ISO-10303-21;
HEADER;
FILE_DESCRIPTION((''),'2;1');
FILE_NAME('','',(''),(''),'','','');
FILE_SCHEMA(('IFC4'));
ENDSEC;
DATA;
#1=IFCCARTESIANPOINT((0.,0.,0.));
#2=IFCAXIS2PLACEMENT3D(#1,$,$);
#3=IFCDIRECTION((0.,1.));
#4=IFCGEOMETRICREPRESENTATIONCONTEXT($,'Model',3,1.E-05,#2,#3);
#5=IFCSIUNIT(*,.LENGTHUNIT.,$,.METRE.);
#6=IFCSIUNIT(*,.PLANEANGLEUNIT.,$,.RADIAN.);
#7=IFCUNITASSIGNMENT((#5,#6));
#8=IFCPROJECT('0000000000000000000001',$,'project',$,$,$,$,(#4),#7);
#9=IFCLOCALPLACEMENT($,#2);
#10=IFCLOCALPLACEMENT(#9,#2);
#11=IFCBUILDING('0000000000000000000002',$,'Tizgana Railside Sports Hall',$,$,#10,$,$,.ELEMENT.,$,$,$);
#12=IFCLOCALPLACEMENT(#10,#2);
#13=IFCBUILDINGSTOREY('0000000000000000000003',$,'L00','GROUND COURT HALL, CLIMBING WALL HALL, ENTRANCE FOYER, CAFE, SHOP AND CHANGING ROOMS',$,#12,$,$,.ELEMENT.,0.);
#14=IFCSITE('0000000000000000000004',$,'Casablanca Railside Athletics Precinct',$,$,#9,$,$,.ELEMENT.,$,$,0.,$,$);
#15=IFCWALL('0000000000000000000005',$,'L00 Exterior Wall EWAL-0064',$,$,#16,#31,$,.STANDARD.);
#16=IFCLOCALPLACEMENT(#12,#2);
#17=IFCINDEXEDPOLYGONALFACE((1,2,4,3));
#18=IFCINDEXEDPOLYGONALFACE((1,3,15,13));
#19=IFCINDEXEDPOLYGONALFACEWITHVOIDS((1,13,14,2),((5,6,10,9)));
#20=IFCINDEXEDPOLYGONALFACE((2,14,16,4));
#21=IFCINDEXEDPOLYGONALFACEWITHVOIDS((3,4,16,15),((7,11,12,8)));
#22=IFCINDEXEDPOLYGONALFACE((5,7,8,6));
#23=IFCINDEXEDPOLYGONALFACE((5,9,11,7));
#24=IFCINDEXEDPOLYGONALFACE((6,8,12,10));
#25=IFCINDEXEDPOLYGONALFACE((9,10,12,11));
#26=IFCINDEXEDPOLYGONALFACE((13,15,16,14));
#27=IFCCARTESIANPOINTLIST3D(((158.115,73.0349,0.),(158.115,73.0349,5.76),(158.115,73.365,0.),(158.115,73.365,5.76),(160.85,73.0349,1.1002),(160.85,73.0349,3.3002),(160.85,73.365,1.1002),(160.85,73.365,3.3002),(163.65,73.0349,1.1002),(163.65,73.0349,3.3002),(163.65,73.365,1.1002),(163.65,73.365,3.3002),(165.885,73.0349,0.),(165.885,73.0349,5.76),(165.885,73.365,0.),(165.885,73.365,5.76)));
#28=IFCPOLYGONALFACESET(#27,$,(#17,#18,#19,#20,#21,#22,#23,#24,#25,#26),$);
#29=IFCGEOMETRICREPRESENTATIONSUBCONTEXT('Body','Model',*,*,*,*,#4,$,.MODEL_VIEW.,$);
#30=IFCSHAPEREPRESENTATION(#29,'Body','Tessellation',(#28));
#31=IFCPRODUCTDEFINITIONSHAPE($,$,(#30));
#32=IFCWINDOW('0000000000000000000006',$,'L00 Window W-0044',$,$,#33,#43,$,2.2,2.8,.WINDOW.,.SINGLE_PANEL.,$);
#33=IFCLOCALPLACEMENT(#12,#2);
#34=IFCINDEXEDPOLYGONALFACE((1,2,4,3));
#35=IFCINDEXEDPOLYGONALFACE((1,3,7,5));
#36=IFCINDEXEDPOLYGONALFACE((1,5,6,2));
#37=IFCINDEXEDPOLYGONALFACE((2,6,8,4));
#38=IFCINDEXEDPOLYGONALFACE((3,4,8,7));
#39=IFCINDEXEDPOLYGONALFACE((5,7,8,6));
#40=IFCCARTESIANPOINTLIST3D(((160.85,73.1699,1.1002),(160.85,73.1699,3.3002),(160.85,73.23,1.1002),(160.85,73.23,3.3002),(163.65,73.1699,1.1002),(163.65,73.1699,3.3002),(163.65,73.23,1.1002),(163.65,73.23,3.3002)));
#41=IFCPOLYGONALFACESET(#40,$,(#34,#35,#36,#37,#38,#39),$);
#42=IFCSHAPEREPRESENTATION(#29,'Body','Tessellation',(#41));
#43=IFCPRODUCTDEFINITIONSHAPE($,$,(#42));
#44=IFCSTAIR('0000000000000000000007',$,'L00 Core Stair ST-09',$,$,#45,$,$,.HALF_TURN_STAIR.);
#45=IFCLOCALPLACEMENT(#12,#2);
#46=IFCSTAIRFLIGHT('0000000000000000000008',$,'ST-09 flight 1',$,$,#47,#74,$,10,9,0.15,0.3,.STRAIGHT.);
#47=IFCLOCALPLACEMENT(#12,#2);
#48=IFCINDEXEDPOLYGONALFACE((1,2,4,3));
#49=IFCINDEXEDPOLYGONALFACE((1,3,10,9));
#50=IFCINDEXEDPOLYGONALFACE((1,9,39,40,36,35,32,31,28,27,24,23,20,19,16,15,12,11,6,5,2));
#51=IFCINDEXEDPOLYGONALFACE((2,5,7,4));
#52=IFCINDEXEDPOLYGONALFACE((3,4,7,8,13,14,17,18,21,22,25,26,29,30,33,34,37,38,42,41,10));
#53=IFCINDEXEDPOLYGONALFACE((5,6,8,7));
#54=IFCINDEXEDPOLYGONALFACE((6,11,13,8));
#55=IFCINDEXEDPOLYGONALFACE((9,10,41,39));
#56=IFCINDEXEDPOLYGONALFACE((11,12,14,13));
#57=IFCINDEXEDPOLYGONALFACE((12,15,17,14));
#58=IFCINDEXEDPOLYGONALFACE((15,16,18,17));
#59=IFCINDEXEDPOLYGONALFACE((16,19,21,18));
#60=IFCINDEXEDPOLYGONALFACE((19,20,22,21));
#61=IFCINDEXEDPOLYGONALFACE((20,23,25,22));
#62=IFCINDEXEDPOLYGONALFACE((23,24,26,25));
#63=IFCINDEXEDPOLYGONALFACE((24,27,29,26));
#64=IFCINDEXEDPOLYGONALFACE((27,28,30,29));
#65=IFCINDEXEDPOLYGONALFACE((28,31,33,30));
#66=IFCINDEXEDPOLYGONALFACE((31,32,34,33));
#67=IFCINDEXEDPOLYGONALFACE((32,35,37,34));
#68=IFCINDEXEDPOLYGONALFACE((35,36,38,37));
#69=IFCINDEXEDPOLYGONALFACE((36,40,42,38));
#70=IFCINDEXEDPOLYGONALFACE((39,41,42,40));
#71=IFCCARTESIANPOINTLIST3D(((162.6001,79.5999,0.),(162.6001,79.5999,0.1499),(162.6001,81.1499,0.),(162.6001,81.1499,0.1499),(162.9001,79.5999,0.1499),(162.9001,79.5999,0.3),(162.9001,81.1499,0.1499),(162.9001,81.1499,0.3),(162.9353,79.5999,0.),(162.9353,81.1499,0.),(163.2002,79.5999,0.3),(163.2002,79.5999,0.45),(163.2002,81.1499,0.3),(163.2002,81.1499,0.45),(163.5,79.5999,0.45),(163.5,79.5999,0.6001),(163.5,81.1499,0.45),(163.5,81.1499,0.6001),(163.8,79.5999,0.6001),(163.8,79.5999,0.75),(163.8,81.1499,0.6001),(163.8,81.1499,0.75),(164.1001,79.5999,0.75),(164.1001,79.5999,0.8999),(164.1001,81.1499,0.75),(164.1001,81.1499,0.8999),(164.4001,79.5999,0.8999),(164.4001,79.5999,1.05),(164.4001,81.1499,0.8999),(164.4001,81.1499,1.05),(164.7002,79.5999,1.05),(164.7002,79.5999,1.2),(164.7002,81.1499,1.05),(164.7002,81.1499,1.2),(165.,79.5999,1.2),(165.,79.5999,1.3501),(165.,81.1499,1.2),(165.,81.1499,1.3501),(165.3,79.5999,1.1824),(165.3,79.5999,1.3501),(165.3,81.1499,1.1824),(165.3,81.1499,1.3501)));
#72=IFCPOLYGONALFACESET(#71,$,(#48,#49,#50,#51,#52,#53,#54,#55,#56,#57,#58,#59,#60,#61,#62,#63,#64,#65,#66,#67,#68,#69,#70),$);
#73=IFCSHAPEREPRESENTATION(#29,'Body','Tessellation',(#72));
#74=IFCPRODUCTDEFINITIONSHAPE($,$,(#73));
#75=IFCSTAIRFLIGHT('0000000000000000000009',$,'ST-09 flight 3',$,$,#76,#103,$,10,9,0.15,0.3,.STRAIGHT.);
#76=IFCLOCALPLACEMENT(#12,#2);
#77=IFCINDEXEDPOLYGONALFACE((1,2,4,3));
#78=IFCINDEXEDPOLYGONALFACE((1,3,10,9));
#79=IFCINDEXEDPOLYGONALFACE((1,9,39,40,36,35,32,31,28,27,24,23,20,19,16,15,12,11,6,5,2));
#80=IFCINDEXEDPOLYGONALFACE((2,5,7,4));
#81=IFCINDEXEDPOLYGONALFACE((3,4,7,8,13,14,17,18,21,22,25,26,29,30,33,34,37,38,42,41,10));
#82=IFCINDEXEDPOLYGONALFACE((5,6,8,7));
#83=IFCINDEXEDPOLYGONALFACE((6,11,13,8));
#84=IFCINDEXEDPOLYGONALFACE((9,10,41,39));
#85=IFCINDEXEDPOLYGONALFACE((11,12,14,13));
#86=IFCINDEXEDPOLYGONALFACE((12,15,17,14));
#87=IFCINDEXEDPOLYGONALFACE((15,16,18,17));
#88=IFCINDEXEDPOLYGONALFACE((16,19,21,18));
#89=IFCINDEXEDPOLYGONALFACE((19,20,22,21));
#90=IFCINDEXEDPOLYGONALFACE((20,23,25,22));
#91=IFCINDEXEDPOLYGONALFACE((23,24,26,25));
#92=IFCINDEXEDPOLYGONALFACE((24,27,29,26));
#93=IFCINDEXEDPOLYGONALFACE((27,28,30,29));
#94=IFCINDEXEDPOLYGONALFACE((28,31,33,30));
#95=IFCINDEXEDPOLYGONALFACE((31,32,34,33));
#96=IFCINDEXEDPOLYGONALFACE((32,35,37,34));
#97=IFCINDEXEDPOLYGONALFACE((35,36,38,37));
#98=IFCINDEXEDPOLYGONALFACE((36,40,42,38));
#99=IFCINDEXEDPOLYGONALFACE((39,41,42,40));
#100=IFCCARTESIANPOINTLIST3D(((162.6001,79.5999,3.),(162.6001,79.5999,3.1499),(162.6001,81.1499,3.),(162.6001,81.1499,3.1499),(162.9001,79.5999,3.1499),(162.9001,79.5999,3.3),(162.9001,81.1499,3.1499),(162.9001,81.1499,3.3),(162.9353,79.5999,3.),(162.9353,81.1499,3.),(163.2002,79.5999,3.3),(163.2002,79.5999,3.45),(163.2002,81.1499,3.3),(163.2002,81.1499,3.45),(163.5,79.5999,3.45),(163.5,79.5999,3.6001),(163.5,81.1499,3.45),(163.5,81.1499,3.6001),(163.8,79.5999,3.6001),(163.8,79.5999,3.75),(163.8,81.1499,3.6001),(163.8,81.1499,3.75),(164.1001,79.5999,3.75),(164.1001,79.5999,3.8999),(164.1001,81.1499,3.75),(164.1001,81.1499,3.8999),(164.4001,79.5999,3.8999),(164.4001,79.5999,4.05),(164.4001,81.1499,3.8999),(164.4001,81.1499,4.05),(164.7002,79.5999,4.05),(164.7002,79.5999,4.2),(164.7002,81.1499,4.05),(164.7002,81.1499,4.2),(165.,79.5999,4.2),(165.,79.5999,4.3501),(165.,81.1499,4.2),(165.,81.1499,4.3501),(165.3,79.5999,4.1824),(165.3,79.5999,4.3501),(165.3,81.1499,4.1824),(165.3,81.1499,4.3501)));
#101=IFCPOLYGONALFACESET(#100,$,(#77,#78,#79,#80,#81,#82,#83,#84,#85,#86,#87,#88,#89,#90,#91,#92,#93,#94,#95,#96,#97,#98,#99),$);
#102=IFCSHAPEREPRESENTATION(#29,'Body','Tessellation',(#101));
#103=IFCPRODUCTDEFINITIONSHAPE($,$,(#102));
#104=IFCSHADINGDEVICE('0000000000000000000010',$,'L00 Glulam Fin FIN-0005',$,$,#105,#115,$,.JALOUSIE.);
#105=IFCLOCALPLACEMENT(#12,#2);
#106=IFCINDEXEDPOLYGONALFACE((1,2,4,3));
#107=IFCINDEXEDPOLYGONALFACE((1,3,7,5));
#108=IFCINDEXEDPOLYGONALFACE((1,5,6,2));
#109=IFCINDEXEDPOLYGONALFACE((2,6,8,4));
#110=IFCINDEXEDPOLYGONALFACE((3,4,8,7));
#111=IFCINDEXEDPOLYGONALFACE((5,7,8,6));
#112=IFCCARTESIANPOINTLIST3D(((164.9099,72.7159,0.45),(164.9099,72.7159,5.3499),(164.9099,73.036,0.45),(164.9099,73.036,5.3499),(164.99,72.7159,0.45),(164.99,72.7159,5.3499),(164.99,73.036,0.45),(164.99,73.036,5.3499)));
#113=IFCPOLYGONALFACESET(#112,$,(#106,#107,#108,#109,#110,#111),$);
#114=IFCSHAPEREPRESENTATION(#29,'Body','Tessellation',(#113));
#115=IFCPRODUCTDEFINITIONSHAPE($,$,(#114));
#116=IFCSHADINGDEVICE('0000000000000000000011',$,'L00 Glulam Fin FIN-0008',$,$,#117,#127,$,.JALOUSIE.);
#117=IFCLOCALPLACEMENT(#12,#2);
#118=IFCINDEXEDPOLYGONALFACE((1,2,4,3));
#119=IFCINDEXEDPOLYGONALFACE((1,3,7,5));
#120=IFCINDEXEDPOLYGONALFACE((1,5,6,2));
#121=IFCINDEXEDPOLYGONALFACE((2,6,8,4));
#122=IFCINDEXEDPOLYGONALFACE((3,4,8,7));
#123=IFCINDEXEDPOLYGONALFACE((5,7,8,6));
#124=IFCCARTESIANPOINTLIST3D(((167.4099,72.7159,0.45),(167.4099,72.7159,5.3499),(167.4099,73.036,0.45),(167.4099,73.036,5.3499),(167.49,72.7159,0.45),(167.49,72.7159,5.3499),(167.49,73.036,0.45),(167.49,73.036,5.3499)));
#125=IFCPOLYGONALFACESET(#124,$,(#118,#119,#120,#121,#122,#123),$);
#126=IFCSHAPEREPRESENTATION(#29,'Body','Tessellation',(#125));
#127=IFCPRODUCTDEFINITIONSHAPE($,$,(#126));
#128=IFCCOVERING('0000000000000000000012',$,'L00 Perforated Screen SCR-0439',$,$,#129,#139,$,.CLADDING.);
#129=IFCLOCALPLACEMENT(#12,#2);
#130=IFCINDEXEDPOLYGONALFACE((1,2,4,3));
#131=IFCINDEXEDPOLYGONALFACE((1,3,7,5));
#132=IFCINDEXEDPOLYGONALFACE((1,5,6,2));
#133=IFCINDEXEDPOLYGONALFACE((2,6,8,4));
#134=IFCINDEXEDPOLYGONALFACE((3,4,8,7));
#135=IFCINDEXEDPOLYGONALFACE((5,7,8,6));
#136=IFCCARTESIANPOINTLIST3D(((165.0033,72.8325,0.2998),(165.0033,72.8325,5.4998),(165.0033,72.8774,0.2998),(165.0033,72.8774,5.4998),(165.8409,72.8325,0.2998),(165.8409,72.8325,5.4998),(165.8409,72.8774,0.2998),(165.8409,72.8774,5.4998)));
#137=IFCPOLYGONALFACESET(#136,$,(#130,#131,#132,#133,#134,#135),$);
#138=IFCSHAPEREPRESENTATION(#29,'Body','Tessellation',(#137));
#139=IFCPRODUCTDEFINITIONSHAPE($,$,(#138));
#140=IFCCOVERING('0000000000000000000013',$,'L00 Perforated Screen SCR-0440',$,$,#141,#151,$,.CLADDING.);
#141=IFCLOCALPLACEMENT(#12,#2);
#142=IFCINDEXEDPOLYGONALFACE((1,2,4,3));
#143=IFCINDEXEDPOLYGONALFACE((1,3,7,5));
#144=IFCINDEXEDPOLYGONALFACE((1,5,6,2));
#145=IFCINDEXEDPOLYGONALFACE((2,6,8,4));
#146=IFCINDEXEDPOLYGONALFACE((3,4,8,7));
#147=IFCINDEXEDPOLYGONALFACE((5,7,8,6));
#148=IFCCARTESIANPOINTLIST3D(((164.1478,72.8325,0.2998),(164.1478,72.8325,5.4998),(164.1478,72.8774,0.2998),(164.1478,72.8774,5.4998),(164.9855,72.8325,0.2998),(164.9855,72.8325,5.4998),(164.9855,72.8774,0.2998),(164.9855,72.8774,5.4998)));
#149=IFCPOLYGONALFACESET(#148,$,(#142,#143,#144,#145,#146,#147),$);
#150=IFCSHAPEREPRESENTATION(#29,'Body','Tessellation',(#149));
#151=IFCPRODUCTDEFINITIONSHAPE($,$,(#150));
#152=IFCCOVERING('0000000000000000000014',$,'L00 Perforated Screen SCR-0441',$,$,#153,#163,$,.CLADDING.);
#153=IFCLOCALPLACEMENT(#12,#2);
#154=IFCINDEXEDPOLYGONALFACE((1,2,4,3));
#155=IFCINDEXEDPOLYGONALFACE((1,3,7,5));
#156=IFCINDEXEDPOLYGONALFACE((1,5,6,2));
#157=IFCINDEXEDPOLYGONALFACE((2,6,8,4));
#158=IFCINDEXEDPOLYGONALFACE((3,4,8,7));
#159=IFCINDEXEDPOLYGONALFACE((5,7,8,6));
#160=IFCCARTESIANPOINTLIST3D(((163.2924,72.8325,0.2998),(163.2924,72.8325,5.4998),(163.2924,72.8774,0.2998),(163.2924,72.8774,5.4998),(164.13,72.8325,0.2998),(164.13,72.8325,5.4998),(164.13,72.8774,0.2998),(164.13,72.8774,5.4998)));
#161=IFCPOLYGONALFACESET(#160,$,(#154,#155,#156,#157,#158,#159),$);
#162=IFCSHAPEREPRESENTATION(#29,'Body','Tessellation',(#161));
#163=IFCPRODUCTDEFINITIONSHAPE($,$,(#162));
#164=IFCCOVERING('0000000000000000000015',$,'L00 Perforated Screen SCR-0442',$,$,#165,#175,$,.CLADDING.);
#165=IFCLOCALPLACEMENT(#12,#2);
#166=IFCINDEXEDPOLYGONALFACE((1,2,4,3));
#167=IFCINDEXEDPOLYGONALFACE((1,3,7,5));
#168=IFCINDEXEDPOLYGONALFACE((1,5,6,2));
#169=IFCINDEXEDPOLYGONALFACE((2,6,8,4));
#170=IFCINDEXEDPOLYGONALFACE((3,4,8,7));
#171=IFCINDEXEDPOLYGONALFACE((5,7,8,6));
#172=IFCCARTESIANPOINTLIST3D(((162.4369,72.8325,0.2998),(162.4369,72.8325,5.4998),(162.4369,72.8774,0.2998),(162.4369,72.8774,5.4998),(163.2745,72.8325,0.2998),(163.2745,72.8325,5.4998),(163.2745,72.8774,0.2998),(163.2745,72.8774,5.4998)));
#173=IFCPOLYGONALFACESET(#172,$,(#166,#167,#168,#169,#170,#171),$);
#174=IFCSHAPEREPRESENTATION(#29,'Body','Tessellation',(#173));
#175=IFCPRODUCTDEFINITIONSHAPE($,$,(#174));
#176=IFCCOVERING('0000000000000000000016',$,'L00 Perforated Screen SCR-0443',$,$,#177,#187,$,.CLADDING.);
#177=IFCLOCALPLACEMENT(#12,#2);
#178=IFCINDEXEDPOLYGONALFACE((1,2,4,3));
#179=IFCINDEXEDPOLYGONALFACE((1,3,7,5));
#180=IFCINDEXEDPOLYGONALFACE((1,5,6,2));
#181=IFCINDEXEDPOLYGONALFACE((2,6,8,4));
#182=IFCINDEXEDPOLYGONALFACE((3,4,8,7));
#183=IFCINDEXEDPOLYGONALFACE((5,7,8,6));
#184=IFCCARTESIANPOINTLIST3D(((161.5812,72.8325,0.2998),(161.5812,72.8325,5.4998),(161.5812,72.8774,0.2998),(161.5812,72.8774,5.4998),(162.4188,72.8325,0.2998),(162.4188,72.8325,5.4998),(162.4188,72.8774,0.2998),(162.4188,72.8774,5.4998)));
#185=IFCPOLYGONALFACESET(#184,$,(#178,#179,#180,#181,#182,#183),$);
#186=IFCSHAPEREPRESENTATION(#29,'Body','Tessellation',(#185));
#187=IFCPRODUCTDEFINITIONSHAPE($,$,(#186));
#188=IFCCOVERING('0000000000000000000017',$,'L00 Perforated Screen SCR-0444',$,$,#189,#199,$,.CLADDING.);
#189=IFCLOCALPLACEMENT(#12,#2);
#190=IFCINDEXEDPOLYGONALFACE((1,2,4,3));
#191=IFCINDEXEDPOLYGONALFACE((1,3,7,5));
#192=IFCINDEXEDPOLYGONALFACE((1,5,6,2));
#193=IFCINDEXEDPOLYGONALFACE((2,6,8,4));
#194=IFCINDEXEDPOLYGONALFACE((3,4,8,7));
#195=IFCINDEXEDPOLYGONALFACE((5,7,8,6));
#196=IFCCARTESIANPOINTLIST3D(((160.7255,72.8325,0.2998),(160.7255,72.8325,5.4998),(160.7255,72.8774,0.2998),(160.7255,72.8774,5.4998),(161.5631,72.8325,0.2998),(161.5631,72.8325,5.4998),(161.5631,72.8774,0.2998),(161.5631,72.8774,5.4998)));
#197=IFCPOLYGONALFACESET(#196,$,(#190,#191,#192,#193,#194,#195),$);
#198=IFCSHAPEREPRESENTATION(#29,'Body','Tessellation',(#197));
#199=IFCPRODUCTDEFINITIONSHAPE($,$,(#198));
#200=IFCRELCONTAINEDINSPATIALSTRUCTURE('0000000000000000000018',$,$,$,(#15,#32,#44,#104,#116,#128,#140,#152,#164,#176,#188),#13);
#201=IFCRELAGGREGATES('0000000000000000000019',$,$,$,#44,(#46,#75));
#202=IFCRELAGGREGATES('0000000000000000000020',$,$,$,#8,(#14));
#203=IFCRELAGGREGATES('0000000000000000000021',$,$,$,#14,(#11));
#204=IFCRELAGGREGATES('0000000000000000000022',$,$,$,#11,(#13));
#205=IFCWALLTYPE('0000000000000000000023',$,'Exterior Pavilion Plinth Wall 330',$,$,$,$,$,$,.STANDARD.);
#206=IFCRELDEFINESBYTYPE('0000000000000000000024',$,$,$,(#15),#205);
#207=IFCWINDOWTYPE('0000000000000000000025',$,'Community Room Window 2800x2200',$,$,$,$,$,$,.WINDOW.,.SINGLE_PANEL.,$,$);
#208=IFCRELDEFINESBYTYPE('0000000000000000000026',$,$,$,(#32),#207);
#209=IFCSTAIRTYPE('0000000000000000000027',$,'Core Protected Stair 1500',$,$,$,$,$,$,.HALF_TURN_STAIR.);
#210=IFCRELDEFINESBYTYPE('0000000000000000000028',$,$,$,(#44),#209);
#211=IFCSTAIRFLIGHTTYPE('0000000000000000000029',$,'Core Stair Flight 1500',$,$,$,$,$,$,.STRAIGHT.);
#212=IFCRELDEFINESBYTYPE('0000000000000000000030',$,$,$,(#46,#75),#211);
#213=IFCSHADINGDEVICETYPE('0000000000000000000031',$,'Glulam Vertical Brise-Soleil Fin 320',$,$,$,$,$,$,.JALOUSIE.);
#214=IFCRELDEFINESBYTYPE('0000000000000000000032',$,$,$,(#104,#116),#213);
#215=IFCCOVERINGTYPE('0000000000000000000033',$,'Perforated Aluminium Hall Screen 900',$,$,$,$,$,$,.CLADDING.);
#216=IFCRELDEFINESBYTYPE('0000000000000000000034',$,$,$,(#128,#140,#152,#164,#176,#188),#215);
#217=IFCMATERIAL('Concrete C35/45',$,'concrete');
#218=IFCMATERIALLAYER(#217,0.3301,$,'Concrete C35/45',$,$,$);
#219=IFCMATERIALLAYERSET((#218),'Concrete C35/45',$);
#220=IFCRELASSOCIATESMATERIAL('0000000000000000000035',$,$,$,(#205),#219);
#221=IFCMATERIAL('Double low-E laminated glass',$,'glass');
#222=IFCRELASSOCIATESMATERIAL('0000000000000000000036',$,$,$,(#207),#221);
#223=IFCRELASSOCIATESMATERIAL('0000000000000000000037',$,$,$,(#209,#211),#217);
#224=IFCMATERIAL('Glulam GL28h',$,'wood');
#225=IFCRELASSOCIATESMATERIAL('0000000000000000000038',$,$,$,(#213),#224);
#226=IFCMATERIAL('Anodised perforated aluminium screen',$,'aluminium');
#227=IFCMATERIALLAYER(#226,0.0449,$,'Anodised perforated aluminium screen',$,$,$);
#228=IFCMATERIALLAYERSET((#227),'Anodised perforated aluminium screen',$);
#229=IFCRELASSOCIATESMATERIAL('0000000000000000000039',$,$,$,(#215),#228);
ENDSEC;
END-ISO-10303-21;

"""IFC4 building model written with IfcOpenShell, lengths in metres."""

from ifc_helpers import new_model, si_unit, direction, frame, frame_2d, origin, origin_2d, place, context, subcontext, project, spatial, polyline, rectangle, outline, extrude, material, layer, layer_set, type_object, element, fill, aggregate, save


model = new_model("IFC4")

# Units and contexts
model_context = context("Model", 3, precision=1e-05, world=origin(), true_north=direction((0.0, 1.0)))
body_context = subcontext(model_context, "Body", "Model", "MODEL_VIEW")
ifc_project = project(units=[si_unit("LENGTHUNIT", "METRE"), si_unit("PLANEANGLEUNIT", "RADIAN")], contexts=[model_context])

# Site, building, storey
site_placement = place(None, origin())
site = spatial("IfcSite", under=ifc_project, at=site_placement, Name="Casablanca Railside Athletics Precinct", CompositionType="ELEMENT", RefElevation=0.0)
building_placement = place(site_placement, origin())
building = spatial("IfcBuilding", under=site, at=building_placement, Name="Tizgana Railside Sports Hall", CompositionType="ELEMENT")
storey_placement = place(building_placement, origin())
storey = spatial("IfcBuildingStorey", under=building, at=storey_placement, Name="L00", Description="GROUND COURT HALL, CLIMBING WALL HALL, ENTRANCE FOYER, CAFE, SHOP AND CHANGING ROOMS", CompositionType="ELEMENT", Elevation=0.0)

# Wall, opening, window
ifc_material_1 = material(Name="Concrete C35/45", Category="concrete")
ifc_layer_1 = layer(ifc_material_1, 0.3301, Name="Concrete C35/45")
ifc_layer_set_1 = layer_set([ifc_layer_1], Name="Concrete C35/45")
wall_type = type_object("IfcWallType", Name="Exterior Pavilion Plinth Wall 330", PredefinedType="STANDARD", material=ifc_layer_set_1)
wall_placement = place(storey_placement, frame((165.885, 73.2, 0.0), z_axis=(0.0, 0.0, 1.0), x_axis=(-1.0, 0.0, 0.0)))
wall = element("IfcWall", 1, at=wall_placement, inside=storey, type_object=wall_type, Name="L00 Exterior Wall EWAL-0064", PredefinedType="STANDARD", context=body_context, shape_type="SweptSolid", body=[
    extrude(rectangle(XDim=7.77, YDim=0.3301, at=frame_2d((3.885, 0.0))), origin(), (0.0, 0.0, 1.0), 5.76),
])
opening_placement = place(wall_placement, frame((2.2351, 0.0, 1.1001)))
opening = element("IfcOpeningElement", 2, at=opening_placement, cuts=wall, PredefinedType="OPENING", context=body_context, shape_type="SweptSolid", body=[
    extrude(rectangle(XDim=2.8, YDim=2.2, at=frame_2d((1.3999, 1.1001))), frame((0.0, 0.175, 0.0), z_axis=(0.0, -1.0, 0.0), x_axis=(1.0, 0.0, 0.0)), (0.0, 0.0, 1.0), 0.3501),
])
ifc_material_2 = material(Name="Double low-E laminated glass", Category="glass")
window_type = type_object("IfcWindowType", Name="Community Room Window 2800x2200", PartitioningType="SINGLE_PANEL", PredefinedType="WINDOW", material=ifc_material_2)
window_placement = place(opening_placement, origin())
window = element("IfcWindow", 3, at=window_placement, inside=storey, type_object=window_type, Name="L00 Window W-0044", OverallHeight=2.2, OverallWidth=2.8, PartitioningType="SINGLE_PANEL", PredefinedType="WINDOW", context=body_context, shape_type="SweptSolid", body=[
    extrude(rectangle(XDim=2.8, YDim=2.2, at=frame_2d((1.3999, 1.1001))), frame((0.0, 0.03, 0.0), z_axis=(0.0, -1.0, 0.0), x_axis=(1.0, 0.0, 0.0)), (0.0, 0.0, 1.0), 0.0601),
])
fill(opening, window)

# Stair, stair flights
stair_type = type_object("IfcStairType", Name="Core Protected Stair 1500", PredefinedType="HALF_TURN_STAIR", material=ifc_material_1)
stair_placement = place(storey_placement, origin())
stair = element("IfcStair", 4, at=stair_placement, inside=storey, type_object=stair_type, Name="L00 Core Stair ST-09", PredefinedType="HALF_TURN_STAIR")
stair_flight_type = type_object("IfcStairFlightType", Name="Core Stair Flight 1500", PredefinedType="STRAIGHT", material=ifc_material_1)
stair_flight_1_placement = place(storey_placement, frame((162.6001, 80.375, 0.0), z_axis=(0.0, 0.0, 1.0), x_axis=(1.0, 0.0, 0.0)))
stair_flight_1 = element("IfcStairFlight", 5, at=stair_flight_1_placement, type_object=stair_flight_type, Name="ST-09 flight 1", NumberOfRisers=10, NumberOfTreads=9, PredefinedType="STRAIGHT", RiserHeight=0.15, TreadLength=0.3, context=body_context, shape_type="SweptSolid", body=[
    extrude(outline(polyline([(0.0, 0.0), (0.0, 0.1499), (0.3, 0.1499), (0.3, 0.3), (0.6001, 0.3), (0.6001, 0.45), (0.8999, 0.45), (0.8999, 0.6001), (1.2, 0.6001), (1.2, 0.75), (1.5, 0.75), (1.5, 0.8999), (1.8, 0.8999), (1.8, 1.05), (2.1001, 1.05), (2.1001, 1.2), (2.3999, 1.2), (2.3999, 1.3501), (2.7, 1.3501), (2.7, 1.5), (2.7, 1.1824), (0.3352, 0.0), (0.0, 0.0)])), frame((0.0, 0.7749, 0.0), z_axis=(0.0, -1.0, 0.0), x_axis=(1.0, 0.0, 0.0)), (0.0, 0.0, 1.0), 1.55),
])
stair_flight_2_placement = place(storey_placement, frame((162.6001, 80.375, 3.0), z_axis=(0.0, 0.0, 1.0), x_axis=(1.0, 0.0, 0.0)))
stair_flight_2 = element("IfcStairFlight", 6, at=stair_flight_2_placement, type_object=stair_flight_type, Name="ST-09 flight 3", NumberOfRisers=10, NumberOfTreads=9, PredefinedType="STRAIGHT", RiserHeight=0.15, TreadLength=0.3, context=body_context, shape_type="SweptSolid", body=[
    extrude(outline(polyline([(0.0, 0.0), (0.0, 0.1499), (0.3, 0.1499), (0.3, 0.3), (0.6001, 0.3), (0.6001, 0.45), (0.8999, 0.45), (0.8999, 0.6001), (1.2, 0.6001), (1.2, 0.75), (1.5, 0.75), (1.5, 0.8999), (1.8, 0.8999), (1.8, 1.05), (2.1001, 1.05), (2.1001, 1.2), (2.3999, 1.2), (2.3999, 1.3501), (2.7, 1.3501), (2.7, 1.5), (2.7, 1.1824), (0.3352, 0.0), (0.0, 0.0)])), frame((0.0, 0.7749, 0.0), z_axis=(0.0, -1.0, 0.0), x_axis=(1.0, 0.0, 0.0)), (0.0, 0.0, 1.0), 1.55),
])
aggregate(stair, [stair_flight_1, stair_flight_2])

# Shading devices
ifc_material_3 = material(Name="Glulam GL28h", Category="wood")
shading_device_type = type_object("IfcShadingDeviceType", Name="Glulam Vertical Brise-Soleil Fin 320", PredefinedType="JALOUSIE", material=ifc_material_3)
for number, where, z_axis, x_axis, name in (
    (7, (164.95, 72.876, 0.45), (0.0, 0.0, 1.0), (-1.0, 0.0, 0.0), "L00 Glulam Fin FIN-0005"),
    (8, (167.45, 72.876, 0.45), (0.0, 0.0, 1.0), (-1.0, 0.0, 0.0), "L00 Glulam Fin FIN-0008"),
):
    element("IfcShadingDevice", number, at=place(storey_placement, frame(where, z_axis=z_axis, x_axis=x_axis)), inside=storey, type_object=shading_device_type, Name=name, PredefinedType="JALOUSIE", context=body_context, shape_type="SweptSolid", body=[
        extrude(rectangle(XDim=0.0801, YDim=0.3201, at=origin_2d()), origin(), (0.0, 0.0, 1.0), 4.8999),
    ])

# Coverings
ifc_material_4 = material(Name="Anodised perforated aluminium screen", Category="aluminium")
ifc_layer_2 = layer(ifc_material_4, 0.0449, Name="Anodised perforated aluminium screen")
ifc_layer_set_2 = layer_set([ifc_layer_2], Name="Anodised perforated aluminium screen")
covering_type = type_object("IfcCoveringType", Name="Perforated Aluminium Hall Screen 900", PredefinedType="CLADDING", material=ifc_layer_set_2)
for number, where, z_axis, x_axis, name in (
    (9, (165.4221, 72.855, 0.2998), (0.0, 0.0, 1.0), (-1.0, 0.0, 0.0), "L00 Perforated Screen SCR-0439"),
    (10, (164.5667, 72.855, 0.2998), (0.0, 0.0, 1.0), (-1.0, 0.0, 0.0), "L00 Perforated Screen SCR-0440"),
    (11, (163.7112, 72.855, 0.2998), (0.0, 0.0, 1.0), (-1.0, 0.0, 0.0), "L00 Perforated Screen SCR-0441"),
    (12, (162.8557, 72.855, 0.2998), (0.0, 0.0, 1.0), (-1.0, 0.0, 0.0), "L00 Perforated Screen SCR-0442"),
    (13, (162.0, 72.855, 0.2998), (0.0, 0.0, 1.0), (-1.0, 0.0, 0.0), "L00 Perforated Screen SCR-0443"),
    (14, (161.1443, 72.855, 0.2998), (0.0, 0.0, 1.0), (-1.0, 0.0, 0.0), "L00 Perforated Screen SCR-0444"),
):
    element("IfcCovering", number, at=place(storey_placement, frame(where, z_axis=z_axis, x_axis=x_axis)), inside=storey, type_object=covering_type, Name=name, PredefinedType="CLADDING", context=body_context, shape_type="SweptSolid", body=[
        extrude(rectangle(XDim=0.8376, YDim=0.0449, at=origin_2d()), origin(), (0.0, 0.0, 1.0), 5.2),
    ])

save(model, "model.ifc")
